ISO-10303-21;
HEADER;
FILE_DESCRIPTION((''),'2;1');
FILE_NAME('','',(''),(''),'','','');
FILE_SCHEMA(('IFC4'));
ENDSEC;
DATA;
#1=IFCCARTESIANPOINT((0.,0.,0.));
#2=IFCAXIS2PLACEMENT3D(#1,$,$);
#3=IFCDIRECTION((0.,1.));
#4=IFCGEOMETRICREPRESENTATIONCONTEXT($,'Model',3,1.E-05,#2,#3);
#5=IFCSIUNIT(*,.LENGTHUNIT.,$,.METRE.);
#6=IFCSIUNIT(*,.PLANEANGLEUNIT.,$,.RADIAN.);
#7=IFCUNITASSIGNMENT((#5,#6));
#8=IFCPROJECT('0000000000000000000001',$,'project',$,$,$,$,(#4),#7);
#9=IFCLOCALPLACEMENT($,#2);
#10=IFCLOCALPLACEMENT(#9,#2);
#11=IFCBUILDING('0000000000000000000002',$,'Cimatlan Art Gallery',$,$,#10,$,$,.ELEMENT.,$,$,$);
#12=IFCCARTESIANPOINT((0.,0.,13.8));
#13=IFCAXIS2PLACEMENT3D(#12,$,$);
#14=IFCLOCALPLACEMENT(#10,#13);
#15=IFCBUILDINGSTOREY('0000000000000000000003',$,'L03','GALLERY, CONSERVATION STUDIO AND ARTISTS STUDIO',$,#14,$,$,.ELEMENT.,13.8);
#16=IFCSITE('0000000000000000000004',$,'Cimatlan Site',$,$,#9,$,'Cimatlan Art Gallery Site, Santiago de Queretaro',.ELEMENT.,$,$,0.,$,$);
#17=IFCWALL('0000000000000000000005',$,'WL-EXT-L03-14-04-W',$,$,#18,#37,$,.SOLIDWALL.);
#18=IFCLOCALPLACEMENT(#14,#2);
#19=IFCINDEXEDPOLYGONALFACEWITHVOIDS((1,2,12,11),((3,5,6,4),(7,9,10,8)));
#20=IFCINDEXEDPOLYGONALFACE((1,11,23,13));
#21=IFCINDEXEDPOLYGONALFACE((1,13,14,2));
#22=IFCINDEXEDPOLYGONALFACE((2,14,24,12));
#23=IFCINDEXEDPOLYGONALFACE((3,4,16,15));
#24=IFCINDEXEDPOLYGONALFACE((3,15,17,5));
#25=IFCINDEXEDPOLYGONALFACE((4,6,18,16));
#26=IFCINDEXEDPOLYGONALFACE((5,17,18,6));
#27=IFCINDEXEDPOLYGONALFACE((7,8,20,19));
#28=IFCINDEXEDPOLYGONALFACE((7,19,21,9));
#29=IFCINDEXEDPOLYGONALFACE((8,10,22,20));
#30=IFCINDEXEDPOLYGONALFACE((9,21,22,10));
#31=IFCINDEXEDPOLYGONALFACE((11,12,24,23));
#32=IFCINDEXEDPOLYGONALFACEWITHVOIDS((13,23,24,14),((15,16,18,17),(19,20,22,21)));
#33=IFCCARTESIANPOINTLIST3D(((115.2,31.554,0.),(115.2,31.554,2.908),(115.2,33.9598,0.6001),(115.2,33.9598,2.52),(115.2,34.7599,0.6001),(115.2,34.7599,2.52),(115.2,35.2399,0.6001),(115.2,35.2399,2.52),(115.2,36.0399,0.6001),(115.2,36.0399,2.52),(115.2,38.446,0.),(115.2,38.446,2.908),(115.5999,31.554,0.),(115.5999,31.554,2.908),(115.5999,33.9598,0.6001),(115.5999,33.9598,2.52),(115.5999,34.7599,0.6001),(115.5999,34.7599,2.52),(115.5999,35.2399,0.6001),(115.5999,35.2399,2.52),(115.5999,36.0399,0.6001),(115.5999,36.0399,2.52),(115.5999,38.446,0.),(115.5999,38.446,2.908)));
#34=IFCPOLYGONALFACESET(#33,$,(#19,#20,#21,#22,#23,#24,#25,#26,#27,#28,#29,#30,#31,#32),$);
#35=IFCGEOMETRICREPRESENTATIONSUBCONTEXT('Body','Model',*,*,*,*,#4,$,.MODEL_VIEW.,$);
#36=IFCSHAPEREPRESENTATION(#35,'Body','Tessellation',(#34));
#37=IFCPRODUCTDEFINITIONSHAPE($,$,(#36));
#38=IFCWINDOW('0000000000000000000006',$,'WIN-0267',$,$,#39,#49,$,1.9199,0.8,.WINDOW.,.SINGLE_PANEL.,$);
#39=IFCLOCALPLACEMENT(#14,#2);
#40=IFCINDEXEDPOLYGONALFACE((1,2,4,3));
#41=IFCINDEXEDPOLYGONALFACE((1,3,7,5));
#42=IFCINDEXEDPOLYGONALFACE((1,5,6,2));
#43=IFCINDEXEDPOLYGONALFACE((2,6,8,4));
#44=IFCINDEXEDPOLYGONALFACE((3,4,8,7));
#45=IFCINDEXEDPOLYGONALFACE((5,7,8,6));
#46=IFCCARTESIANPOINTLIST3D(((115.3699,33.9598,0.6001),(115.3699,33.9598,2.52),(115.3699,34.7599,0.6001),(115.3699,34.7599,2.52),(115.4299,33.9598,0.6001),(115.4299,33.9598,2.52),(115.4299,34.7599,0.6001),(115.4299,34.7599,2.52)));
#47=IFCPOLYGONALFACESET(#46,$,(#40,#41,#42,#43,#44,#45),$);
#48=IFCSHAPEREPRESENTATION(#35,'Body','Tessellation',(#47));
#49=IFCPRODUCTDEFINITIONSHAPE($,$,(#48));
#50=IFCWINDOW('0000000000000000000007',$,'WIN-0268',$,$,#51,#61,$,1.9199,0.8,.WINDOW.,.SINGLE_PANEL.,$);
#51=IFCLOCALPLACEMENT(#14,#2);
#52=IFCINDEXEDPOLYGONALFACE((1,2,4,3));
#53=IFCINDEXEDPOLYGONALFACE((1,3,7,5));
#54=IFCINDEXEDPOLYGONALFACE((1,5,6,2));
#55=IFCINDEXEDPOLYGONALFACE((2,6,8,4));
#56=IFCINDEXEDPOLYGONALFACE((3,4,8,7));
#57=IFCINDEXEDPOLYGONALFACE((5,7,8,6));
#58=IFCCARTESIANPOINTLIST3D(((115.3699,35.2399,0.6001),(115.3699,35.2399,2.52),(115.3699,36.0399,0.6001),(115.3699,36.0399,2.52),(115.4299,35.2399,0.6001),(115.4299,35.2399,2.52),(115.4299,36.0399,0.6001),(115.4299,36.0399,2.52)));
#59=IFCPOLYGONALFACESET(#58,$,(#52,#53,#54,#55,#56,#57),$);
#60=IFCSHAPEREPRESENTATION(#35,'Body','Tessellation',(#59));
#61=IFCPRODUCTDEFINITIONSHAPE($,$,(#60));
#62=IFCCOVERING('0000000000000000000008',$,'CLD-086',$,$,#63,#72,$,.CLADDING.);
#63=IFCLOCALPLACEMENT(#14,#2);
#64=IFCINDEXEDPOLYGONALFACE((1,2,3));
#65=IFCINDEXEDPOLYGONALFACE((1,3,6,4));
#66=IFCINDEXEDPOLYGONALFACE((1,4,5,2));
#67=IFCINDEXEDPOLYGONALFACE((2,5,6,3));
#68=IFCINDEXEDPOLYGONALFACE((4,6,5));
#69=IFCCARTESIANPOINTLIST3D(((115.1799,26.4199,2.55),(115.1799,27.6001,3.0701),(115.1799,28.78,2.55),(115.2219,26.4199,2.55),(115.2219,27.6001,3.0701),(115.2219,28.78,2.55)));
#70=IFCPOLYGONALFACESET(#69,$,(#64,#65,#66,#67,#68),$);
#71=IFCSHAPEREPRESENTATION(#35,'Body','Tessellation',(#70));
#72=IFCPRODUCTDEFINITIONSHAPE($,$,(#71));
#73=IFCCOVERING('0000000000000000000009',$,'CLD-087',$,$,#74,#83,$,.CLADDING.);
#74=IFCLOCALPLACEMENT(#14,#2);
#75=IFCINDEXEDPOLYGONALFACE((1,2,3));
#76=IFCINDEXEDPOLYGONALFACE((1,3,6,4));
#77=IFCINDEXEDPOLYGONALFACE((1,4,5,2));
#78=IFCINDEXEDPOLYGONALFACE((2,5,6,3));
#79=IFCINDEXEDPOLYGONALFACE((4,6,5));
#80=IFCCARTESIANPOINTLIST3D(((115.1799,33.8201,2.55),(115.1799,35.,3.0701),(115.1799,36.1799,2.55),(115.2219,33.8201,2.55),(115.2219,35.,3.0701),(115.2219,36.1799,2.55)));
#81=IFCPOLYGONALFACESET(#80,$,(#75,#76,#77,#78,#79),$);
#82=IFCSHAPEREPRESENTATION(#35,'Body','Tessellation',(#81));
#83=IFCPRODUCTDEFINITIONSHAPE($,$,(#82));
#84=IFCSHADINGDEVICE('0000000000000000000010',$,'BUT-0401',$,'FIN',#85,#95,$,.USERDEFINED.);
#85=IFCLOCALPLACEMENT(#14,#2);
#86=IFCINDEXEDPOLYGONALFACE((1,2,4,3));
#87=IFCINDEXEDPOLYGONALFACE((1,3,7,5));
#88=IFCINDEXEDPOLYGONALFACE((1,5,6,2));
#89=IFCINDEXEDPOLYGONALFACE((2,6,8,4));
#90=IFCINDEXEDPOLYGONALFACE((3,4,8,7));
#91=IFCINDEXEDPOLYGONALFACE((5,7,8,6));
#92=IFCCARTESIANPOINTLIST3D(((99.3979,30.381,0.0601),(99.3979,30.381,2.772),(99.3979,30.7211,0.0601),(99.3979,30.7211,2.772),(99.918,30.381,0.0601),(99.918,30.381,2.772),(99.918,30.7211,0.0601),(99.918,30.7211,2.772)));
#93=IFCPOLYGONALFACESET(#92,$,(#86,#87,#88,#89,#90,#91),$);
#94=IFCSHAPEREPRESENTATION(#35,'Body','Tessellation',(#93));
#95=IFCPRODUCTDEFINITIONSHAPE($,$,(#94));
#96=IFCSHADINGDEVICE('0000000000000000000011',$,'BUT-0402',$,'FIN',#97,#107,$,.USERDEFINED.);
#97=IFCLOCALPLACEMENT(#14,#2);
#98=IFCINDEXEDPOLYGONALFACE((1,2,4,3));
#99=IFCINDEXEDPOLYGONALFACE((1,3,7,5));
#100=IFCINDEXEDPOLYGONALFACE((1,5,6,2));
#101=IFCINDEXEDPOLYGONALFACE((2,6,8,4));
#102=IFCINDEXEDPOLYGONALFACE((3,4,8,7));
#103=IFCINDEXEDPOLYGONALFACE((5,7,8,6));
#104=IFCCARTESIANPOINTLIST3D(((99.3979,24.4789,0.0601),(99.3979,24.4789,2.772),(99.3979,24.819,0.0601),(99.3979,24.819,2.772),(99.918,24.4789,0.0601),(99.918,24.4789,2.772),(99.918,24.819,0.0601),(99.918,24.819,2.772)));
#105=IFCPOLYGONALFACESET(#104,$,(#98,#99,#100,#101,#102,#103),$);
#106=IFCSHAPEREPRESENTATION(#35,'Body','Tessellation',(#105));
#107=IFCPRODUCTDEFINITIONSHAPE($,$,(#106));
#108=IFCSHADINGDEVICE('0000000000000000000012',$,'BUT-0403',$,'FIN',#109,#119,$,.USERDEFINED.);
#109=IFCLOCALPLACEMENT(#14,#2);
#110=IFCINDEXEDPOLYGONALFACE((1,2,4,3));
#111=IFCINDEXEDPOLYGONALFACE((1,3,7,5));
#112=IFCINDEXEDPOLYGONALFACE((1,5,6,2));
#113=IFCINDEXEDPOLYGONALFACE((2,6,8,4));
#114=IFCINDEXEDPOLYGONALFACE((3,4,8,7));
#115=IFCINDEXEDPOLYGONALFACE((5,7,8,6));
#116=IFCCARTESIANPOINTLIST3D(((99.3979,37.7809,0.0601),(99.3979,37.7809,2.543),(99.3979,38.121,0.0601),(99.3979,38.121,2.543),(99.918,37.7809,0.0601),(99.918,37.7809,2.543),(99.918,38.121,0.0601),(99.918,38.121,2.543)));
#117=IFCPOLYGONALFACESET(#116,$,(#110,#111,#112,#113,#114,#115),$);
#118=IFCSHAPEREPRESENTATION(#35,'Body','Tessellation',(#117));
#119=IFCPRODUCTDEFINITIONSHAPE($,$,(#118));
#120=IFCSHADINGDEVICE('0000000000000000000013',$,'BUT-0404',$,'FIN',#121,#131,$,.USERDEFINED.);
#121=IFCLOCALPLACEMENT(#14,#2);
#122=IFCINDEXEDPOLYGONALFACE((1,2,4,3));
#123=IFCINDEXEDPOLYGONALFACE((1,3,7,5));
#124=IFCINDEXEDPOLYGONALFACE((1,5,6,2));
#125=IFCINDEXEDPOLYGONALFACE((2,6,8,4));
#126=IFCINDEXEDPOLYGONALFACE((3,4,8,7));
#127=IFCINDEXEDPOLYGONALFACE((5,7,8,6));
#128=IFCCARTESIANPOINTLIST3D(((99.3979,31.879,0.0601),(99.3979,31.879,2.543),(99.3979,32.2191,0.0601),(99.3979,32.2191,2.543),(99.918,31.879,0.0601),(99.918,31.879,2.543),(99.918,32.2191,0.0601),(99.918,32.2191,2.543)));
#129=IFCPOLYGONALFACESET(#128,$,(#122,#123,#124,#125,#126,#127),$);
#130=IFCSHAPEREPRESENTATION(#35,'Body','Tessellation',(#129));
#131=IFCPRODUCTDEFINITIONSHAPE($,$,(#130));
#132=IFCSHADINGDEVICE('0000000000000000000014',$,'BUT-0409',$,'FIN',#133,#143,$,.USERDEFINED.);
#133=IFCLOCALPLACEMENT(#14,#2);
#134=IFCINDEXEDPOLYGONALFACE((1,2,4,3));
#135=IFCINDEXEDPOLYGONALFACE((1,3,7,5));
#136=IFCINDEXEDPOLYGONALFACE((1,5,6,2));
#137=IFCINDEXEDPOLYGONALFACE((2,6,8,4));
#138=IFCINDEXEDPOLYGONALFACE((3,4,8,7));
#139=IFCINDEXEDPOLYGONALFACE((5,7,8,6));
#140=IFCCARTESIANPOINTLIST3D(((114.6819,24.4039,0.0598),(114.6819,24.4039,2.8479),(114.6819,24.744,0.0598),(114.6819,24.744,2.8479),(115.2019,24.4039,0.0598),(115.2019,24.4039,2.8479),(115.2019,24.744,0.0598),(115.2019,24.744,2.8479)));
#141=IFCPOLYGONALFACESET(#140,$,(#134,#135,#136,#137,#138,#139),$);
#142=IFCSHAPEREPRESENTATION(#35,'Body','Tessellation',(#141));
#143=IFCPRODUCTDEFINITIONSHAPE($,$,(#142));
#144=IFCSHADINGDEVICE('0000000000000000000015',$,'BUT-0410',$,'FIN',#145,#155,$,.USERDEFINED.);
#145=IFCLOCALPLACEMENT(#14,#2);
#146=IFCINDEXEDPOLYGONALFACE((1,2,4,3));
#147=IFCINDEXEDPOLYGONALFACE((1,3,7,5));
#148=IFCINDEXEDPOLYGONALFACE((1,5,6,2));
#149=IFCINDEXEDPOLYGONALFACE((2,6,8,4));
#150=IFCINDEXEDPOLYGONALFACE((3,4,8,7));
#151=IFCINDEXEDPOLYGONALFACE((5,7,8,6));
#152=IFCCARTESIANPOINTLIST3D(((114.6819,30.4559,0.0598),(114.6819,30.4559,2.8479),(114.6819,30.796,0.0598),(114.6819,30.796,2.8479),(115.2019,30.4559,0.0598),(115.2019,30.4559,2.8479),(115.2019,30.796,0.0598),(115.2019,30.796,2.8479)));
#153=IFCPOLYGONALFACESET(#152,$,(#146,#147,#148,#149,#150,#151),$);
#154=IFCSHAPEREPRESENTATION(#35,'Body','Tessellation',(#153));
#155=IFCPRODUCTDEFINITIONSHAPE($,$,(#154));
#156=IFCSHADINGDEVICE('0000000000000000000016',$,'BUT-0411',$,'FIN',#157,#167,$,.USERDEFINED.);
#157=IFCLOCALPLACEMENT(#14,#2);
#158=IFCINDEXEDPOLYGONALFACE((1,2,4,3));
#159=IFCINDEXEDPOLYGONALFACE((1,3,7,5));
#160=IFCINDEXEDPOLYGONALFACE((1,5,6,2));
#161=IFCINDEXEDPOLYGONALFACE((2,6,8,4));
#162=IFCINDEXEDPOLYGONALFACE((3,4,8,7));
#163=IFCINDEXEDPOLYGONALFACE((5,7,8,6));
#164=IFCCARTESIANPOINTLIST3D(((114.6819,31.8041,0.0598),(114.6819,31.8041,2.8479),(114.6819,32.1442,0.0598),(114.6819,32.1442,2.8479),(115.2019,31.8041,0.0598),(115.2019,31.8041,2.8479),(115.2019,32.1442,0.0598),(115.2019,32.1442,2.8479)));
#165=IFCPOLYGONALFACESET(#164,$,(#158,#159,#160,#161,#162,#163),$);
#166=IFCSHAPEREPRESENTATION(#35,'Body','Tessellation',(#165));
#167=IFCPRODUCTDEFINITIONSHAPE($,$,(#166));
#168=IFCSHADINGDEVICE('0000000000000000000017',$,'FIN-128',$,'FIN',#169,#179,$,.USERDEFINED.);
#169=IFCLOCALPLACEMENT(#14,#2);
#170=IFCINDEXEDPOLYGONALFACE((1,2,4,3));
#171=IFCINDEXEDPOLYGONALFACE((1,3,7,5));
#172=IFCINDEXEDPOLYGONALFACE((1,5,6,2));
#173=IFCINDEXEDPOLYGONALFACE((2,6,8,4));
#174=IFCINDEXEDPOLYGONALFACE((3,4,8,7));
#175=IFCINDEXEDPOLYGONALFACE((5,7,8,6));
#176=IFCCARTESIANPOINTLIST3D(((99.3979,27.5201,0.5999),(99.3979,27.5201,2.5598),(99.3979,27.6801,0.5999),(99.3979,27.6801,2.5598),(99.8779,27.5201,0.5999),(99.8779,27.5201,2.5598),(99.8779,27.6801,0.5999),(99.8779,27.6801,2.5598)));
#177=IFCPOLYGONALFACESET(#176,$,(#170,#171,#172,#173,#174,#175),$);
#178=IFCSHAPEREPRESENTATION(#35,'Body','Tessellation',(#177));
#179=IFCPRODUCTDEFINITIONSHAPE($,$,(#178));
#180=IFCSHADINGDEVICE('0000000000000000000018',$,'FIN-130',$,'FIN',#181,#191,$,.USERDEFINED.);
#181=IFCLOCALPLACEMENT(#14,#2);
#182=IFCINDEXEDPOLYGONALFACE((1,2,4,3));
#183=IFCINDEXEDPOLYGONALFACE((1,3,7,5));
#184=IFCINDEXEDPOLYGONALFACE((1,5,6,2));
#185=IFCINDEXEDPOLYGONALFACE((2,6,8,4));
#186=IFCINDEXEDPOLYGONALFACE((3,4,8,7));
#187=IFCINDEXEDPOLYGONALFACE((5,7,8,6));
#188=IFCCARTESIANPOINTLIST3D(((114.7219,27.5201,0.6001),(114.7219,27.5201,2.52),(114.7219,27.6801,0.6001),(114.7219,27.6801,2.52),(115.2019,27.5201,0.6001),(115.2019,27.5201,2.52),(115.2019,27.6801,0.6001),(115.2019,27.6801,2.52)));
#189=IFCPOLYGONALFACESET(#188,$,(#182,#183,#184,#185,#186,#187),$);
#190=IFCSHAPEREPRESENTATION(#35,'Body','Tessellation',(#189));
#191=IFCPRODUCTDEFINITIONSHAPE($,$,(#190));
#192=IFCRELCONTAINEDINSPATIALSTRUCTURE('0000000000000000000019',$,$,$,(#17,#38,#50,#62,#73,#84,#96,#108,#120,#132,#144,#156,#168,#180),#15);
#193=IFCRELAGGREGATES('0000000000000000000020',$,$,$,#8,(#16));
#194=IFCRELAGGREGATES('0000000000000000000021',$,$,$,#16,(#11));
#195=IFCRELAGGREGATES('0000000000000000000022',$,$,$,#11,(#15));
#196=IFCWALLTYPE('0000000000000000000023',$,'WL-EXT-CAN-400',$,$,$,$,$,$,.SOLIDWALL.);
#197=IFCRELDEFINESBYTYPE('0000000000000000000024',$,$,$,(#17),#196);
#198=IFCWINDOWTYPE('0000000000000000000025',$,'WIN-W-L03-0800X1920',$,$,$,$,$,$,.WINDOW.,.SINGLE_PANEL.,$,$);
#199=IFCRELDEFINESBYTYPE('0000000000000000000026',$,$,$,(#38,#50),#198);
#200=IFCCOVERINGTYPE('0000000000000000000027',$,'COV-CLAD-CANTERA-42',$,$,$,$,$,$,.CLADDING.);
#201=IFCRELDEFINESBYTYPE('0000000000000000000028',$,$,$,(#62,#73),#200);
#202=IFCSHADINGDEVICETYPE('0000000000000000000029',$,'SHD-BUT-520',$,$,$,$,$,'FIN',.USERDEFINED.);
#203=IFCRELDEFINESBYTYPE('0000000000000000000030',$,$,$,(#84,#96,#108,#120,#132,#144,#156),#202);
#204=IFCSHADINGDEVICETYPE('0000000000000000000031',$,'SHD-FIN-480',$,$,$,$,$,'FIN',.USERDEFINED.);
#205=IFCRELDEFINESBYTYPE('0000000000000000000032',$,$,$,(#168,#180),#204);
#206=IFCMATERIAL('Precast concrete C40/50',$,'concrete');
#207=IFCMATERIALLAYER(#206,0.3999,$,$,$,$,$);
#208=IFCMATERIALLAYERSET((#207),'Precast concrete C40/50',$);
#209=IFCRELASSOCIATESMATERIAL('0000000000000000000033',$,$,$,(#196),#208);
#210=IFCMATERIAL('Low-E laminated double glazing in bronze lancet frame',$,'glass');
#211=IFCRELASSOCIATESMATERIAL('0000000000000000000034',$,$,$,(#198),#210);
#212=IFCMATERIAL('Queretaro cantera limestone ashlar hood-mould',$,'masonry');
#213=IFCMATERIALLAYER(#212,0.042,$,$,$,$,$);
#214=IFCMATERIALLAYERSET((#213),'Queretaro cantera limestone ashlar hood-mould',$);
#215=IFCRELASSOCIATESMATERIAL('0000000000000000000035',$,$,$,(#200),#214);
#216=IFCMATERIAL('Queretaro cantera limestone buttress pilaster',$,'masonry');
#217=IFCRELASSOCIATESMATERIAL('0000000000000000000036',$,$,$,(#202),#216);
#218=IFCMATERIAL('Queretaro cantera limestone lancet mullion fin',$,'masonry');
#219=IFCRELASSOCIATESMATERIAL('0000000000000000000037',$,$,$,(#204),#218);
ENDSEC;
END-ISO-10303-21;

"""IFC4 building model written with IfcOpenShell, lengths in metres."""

from ifc_helpers import new_model, si_unit, direction, frame, frame_2d, origin, origin_2d, place, context, subcontext, project, spatial, polyline, rectangle, outline, extrude, material, layer, layer_set, type_object, element, fill, save


model = new_model("IFC4")

# Units and contexts
model_context = context("Model", 3, precision=1e-05, world=origin(), true_north=direction((0.0, 1.0)))
body_context = subcontext(model_context, "Body", "Model", "MODEL_VIEW")
ifc_project = project(units=[si_unit("LENGTHUNIT", "METRE"), si_unit("PLANEANGLEUNIT", "RADIAN")], contexts=[model_context])

# Site, building, storey
site_placement = place(None, origin())
site = spatial("IfcSite", under=ifc_project, at=site_placement, Name="Cimatlan Site", LongName="Cimatlan Art Gallery Site, Santiago de Queretaro", CompositionType="ELEMENT", RefElevation=0.0)
building_placement = place(site_placement, origin())
building = spatial("IfcBuilding", under=site, at=building_placement, Name="Cimatlan Art Gallery", CompositionType="ELEMENT")
storey_placement = place(building_placement, frame((0.0, 0.0, 13.8)))
storey = spatial("IfcBuildingStorey", under=building, at=storey_placement, Name="L03", Description="GALLERY, CONSERVATION STUDIO AND ARTISTS STUDIO", CompositionType="ELEMENT", Elevation=13.8)

# Wall, openings, windows
ifc_material_1 = material(Name="Precast concrete C40/50", Category="concrete")
ifc_layer_1 = layer(ifc_material_1, 0.3999)
ifc_layer_set_1 = layer_set([ifc_layer_1], Name="Precast concrete C40/50")
wall_type = type_object("IfcWallType", Name="WL-EXT-CAN-400", PredefinedType="SOLIDWALL", material=ifc_layer_set_1)
ifc_material_2 = material(Name="Low-E laminated double glazing in bronze lancet frame", Category="glass")
window_type = type_object("IfcWindowType", Name="WIN-W-L03-0800X1920", PartitioningType="SINGLE_PANEL", PredefinedType="WINDOW", material=ifc_material_2)
wall_1_placement = place(storey_placement, frame((115.3999, 31.554, 0.0), z_axis=(0.0, 0.0, 1.0), x_axis=(0.0, 1.0, 0.0)))
wall_1 = element("IfcWall", 1, at=wall_1_placement, inside=storey, type_object=wall_type, Name="WL-EXT-L03-14-04-W", PredefinedType="SOLIDWALL", context=body_context, shape_type="SweptSolid", body=[
    extrude(rectangle(XDim=6.8921, YDim=0.3999, at=frame_2d((3.446, 0.0))), origin(), (0.0, 0.0, 1.0), 2.908),
])
opening_1_placement = place(wall_1_placement, frame((2.406, 0.0, 0.6001)))
opening_1 = element("IfcOpeningElement", 2, at=opening_1_placement, cuts=wall_1, PredefinedType="OPENING", context=body_context, shape_type="SweptSolid", body=[
    extrude(rectangle(XDim=0.8, YDim=1.9199, at=frame_2d((0.3999, 0.96))), frame((0.0, 0.21, 0.0), z_axis=(0.0, -1.0, 0.0), x_axis=(1.0, 0.0, 0.0)), (0.0, 0.0, 1.0), 0.4199),
])
opening_2_placement = place(wall_1_placement, frame((3.686, 0.0, 0.6001)))
opening_2 = element("IfcOpeningElement", 3, at=opening_2_placement, cuts=wall_1, PredefinedType="OPENING", context=body_context, shape_type="SweptSolid", body=[
    extrude(rectangle(XDim=0.8, YDim=1.9199, at=frame_2d((0.3999, 0.96))), frame((0.0, 0.21, 0.0), z_axis=(0.0, -1.0, 0.0), x_axis=(1.0, 0.0, 0.0)), (0.0, 0.0, 1.0), 0.4199),
])
window_1_placement = place(opening_1_placement, origin())
window_1 = element("IfcWindow", 4, at=window_1_placement, inside=storey, type_object=window_type, Name="WIN-0267", OverallHeight=1.9199, OverallWidth=0.8, PartitioningType="SINGLE_PANEL", PredefinedType="WINDOW", context=body_context, shape_type="SweptSolid", body=[
    extrude(rectangle(XDim=0.8, YDim=1.9199, at=frame_2d((0.3999, 0.96))), frame((0.0, 0.03, 0.0), z_axis=(0.0, -1.0, 0.0), x_axis=(1.0, 0.0, 0.0)), (0.0, 0.0, 1.0), 0.0601),
])
fill(opening_1, window_1)
window_2_placement = place(opening_2_placement, origin())
window_2 = element("IfcWindow", 5, at=window_2_placement, inside=storey, type_object=window_type, Name="WIN-0268", OverallHeight=1.9199, OverallWidth=0.8, PartitioningType="SINGLE_PANEL", PredefinedType="WINDOW", context=body_context, shape_type="SweptSolid", body=[
    extrude(rectangle(XDim=0.8, YDim=1.9199, at=frame_2d((0.3999, 0.96))), frame((0.0, 0.03, 0.0), z_axis=(0.0, -1.0, 0.0), x_axis=(1.0, 0.0, 0.0)), (0.0, 0.0, 1.0), 0.0601),
])
fill(opening_2, window_2)

# Coverings
ifc_material_3 = material(Name="Queretaro cantera limestone ashlar hood-mould", Category="masonry")
ifc_layer_2 = layer(ifc_material_3, 0.042)
ifc_layer_set_2 = layer_set([ifc_layer_2], Name="Queretaro cantera limestone ashlar hood-mould")
covering_type = type_object("IfcCoveringType", Name="COV-CLAD-CANTERA-42", PredefinedType="CLADDING", material=ifc_layer_set_2)
covering_1_placement = place(storey_placement, frame((115.2219, 26.4199, 2.55), z_axis=(1.0, 0.0, 0.0), x_axis=(0.0, 1.0, 0.0)))
element("IfcCovering", 6, at=covering_1_placement, inside=storey, type_object=covering_type, Name="CLD-086", PredefinedType="CLADDING", context=body_context, shape_type="SweptSolid", body=[
    extrude(outline(polyline([(0.0, 0.0), (2.3601, 0.0), (1.1802, 0.52), (0.0, 0.0)])), origin(), (0.0, 0.0, -1.0), 0.042),
])
covering_2_placement = place(storey_placement, frame((115.2219, 33.8201, 2.55), z_axis=(1.0, 0.0, 0.0), x_axis=(0.0, 1.0, 0.0)))
element("IfcCovering", 7, at=covering_2_placement, inside=storey, type_object=covering_type, Name="CLD-087", PredefinedType="CLADDING", context=body_context, shape_type="SweptSolid", body=[
    extrude(outline(polyline([(0.0, 0.0), (2.3599, 0.0), (1.1799, 0.52), (0.0, 0.0)])), origin(), (0.0, 0.0, -1.0), 0.042),
])

# Shading devices
ifc_material_4 = material(Name="Queretaro cantera limestone buttress pilaster", Category="masonry")
shading_device_type_1 = type_object("IfcShadingDeviceType", Name="SHD-BUT-520", ElementType="FIN", PredefinedType="USERDEFINED", material=ifc_material_4)
for number, where, z_axis, x_axis, name in (
    (8, (99.658, 30.551, 0.0601), (0.0, 0.0, 1.0), (0.0, -1.0, 0.0), "BUT-0401"),
    (9, (99.658, 24.6489, 0.0601), (0.0, 0.0, 1.0), (0.0, -1.0, 0.0), "BUT-0402"),
):
    element("IfcShadingDevice", number, at=place(storey_placement, frame(where, z_axis=z_axis, x_axis=x_axis)), inside=storey, type_object=shading_device_type_1, Name=name, ObjectType="FIN", PredefinedType="USERDEFINED", context=body_context, shape_type="SweptSolid", body=[
        extrude(rectangle(XDim=0.3401, YDim=0.52, at=origin_2d()), origin(), (0.0, 0.0, 1.0), 2.7119),
    ])
for number, where, z_axis, x_axis, name in (
    (10, (99.658, 37.9509, 0.0601), (0.0, 0.0, 1.0), (0.0, -1.0, 0.0), "BUT-0403"),
    (11, (99.658, 32.0491, 0.0601), (0.0, 0.0, 1.0), (0.0, -1.0, 0.0), "BUT-0404"),
):
    element("IfcShadingDevice", number, at=place(storey_placement, frame(where, z_axis=z_axis, x_axis=x_axis)), inside=storey, type_object=shading_device_type_1, Name=name, ObjectType="FIN", PredefinedType="USERDEFINED", context=body_context, shape_type="SweptSolid", body=[
        extrude(rectangle(XDim=0.3401, YDim=0.52, at=origin_2d()), origin(), (0.0, 0.0, 1.0), 2.4829),
    ])
for number, where, z_axis, x_axis, name in (
    (12, (114.9419, 24.574, 0.0598), (0.0, 0.0, 1.0), (0.0, 1.0, 0.0), "BUT-0409"),
    (13, (114.9419, 30.626, 0.0598), (0.0, 0.0, 1.0), (0.0, 1.0, 0.0), "BUT-0410"),
    (14, (114.9419, 31.9741, 0.0598), (0.0, 0.0, 1.0), (0.0, 1.0, 0.0), "BUT-0411"),
):
    element("IfcShadingDevice", number, at=place(storey_placement, frame(where, z_axis=z_axis, x_axis=x_axis)), inside=storey, type_object=shading_device_type_1, Name=name, ObjectType="FIN", PredefinedType="USERDEFINED", context=body_context, shape_type="SweptSolid", body=[
        extrude(rectangle(XDim=0.3401, YDim=0.52, at=origin_2d()), origin(), (0.0, 0.0, 1.0), 2.7881),
    ])
ifc_material_5 = material(Name="Queretaro cantera limestone lancet mullion fin", Category="masonry")
shading_device_type_2 = type_object("IfcShadingDeviceType", Name="SHD-FIN-480", ElementType="FIN", PredefinedType="USERDEFINED", material=ifc_material_5)
shading_device_placement = place(storey_placement, frame((99.6379, 27.6001, 0.5999), z_axis=(0.0, 0.0, 1.0), x_axis=(0.0, -1.0, 0.0)))
element("IfcShadingDevice", 15, at=shading_device_placement, inside=storey, type_object=shading_device_type_2, Name="FIN-128", ObjectType="FIN", PredefinedType="USERDEFINED", context=body_context, shape_type="SweptSolid", body=[
    extrude(rectangle(XDim=0.1599, YDim=0.48, at=origin_2d()), origin(), (0.0, 0.0, 1.0), 1.96),
])
for number, where, z_axis, x_axis, name in (
    (16, (114.9619, 27.6001, 0.6001), (0.0, 0.0, 1.0), (0.0, 1.0, 0.0), "FIN-130"),
):
    element("IfcShadingDevice", number, at=place(storey_placement, frame(where, z_axis=z_axis, x_axis=x_axis)), inside=storey, type_object=shading_device_type_2, Name=name, ObjectType="FIN", PredefinedType="USERDEFINED", context=body_context, shape_type="SweptSolid", body=[
        extrude(rectangle(XDim=0.1599, YDim=0.48, at=origin_2d()), origin(), (0.0, 0.0, 1.0), 1.9199),
    ])

save(model, "model.ifc")
